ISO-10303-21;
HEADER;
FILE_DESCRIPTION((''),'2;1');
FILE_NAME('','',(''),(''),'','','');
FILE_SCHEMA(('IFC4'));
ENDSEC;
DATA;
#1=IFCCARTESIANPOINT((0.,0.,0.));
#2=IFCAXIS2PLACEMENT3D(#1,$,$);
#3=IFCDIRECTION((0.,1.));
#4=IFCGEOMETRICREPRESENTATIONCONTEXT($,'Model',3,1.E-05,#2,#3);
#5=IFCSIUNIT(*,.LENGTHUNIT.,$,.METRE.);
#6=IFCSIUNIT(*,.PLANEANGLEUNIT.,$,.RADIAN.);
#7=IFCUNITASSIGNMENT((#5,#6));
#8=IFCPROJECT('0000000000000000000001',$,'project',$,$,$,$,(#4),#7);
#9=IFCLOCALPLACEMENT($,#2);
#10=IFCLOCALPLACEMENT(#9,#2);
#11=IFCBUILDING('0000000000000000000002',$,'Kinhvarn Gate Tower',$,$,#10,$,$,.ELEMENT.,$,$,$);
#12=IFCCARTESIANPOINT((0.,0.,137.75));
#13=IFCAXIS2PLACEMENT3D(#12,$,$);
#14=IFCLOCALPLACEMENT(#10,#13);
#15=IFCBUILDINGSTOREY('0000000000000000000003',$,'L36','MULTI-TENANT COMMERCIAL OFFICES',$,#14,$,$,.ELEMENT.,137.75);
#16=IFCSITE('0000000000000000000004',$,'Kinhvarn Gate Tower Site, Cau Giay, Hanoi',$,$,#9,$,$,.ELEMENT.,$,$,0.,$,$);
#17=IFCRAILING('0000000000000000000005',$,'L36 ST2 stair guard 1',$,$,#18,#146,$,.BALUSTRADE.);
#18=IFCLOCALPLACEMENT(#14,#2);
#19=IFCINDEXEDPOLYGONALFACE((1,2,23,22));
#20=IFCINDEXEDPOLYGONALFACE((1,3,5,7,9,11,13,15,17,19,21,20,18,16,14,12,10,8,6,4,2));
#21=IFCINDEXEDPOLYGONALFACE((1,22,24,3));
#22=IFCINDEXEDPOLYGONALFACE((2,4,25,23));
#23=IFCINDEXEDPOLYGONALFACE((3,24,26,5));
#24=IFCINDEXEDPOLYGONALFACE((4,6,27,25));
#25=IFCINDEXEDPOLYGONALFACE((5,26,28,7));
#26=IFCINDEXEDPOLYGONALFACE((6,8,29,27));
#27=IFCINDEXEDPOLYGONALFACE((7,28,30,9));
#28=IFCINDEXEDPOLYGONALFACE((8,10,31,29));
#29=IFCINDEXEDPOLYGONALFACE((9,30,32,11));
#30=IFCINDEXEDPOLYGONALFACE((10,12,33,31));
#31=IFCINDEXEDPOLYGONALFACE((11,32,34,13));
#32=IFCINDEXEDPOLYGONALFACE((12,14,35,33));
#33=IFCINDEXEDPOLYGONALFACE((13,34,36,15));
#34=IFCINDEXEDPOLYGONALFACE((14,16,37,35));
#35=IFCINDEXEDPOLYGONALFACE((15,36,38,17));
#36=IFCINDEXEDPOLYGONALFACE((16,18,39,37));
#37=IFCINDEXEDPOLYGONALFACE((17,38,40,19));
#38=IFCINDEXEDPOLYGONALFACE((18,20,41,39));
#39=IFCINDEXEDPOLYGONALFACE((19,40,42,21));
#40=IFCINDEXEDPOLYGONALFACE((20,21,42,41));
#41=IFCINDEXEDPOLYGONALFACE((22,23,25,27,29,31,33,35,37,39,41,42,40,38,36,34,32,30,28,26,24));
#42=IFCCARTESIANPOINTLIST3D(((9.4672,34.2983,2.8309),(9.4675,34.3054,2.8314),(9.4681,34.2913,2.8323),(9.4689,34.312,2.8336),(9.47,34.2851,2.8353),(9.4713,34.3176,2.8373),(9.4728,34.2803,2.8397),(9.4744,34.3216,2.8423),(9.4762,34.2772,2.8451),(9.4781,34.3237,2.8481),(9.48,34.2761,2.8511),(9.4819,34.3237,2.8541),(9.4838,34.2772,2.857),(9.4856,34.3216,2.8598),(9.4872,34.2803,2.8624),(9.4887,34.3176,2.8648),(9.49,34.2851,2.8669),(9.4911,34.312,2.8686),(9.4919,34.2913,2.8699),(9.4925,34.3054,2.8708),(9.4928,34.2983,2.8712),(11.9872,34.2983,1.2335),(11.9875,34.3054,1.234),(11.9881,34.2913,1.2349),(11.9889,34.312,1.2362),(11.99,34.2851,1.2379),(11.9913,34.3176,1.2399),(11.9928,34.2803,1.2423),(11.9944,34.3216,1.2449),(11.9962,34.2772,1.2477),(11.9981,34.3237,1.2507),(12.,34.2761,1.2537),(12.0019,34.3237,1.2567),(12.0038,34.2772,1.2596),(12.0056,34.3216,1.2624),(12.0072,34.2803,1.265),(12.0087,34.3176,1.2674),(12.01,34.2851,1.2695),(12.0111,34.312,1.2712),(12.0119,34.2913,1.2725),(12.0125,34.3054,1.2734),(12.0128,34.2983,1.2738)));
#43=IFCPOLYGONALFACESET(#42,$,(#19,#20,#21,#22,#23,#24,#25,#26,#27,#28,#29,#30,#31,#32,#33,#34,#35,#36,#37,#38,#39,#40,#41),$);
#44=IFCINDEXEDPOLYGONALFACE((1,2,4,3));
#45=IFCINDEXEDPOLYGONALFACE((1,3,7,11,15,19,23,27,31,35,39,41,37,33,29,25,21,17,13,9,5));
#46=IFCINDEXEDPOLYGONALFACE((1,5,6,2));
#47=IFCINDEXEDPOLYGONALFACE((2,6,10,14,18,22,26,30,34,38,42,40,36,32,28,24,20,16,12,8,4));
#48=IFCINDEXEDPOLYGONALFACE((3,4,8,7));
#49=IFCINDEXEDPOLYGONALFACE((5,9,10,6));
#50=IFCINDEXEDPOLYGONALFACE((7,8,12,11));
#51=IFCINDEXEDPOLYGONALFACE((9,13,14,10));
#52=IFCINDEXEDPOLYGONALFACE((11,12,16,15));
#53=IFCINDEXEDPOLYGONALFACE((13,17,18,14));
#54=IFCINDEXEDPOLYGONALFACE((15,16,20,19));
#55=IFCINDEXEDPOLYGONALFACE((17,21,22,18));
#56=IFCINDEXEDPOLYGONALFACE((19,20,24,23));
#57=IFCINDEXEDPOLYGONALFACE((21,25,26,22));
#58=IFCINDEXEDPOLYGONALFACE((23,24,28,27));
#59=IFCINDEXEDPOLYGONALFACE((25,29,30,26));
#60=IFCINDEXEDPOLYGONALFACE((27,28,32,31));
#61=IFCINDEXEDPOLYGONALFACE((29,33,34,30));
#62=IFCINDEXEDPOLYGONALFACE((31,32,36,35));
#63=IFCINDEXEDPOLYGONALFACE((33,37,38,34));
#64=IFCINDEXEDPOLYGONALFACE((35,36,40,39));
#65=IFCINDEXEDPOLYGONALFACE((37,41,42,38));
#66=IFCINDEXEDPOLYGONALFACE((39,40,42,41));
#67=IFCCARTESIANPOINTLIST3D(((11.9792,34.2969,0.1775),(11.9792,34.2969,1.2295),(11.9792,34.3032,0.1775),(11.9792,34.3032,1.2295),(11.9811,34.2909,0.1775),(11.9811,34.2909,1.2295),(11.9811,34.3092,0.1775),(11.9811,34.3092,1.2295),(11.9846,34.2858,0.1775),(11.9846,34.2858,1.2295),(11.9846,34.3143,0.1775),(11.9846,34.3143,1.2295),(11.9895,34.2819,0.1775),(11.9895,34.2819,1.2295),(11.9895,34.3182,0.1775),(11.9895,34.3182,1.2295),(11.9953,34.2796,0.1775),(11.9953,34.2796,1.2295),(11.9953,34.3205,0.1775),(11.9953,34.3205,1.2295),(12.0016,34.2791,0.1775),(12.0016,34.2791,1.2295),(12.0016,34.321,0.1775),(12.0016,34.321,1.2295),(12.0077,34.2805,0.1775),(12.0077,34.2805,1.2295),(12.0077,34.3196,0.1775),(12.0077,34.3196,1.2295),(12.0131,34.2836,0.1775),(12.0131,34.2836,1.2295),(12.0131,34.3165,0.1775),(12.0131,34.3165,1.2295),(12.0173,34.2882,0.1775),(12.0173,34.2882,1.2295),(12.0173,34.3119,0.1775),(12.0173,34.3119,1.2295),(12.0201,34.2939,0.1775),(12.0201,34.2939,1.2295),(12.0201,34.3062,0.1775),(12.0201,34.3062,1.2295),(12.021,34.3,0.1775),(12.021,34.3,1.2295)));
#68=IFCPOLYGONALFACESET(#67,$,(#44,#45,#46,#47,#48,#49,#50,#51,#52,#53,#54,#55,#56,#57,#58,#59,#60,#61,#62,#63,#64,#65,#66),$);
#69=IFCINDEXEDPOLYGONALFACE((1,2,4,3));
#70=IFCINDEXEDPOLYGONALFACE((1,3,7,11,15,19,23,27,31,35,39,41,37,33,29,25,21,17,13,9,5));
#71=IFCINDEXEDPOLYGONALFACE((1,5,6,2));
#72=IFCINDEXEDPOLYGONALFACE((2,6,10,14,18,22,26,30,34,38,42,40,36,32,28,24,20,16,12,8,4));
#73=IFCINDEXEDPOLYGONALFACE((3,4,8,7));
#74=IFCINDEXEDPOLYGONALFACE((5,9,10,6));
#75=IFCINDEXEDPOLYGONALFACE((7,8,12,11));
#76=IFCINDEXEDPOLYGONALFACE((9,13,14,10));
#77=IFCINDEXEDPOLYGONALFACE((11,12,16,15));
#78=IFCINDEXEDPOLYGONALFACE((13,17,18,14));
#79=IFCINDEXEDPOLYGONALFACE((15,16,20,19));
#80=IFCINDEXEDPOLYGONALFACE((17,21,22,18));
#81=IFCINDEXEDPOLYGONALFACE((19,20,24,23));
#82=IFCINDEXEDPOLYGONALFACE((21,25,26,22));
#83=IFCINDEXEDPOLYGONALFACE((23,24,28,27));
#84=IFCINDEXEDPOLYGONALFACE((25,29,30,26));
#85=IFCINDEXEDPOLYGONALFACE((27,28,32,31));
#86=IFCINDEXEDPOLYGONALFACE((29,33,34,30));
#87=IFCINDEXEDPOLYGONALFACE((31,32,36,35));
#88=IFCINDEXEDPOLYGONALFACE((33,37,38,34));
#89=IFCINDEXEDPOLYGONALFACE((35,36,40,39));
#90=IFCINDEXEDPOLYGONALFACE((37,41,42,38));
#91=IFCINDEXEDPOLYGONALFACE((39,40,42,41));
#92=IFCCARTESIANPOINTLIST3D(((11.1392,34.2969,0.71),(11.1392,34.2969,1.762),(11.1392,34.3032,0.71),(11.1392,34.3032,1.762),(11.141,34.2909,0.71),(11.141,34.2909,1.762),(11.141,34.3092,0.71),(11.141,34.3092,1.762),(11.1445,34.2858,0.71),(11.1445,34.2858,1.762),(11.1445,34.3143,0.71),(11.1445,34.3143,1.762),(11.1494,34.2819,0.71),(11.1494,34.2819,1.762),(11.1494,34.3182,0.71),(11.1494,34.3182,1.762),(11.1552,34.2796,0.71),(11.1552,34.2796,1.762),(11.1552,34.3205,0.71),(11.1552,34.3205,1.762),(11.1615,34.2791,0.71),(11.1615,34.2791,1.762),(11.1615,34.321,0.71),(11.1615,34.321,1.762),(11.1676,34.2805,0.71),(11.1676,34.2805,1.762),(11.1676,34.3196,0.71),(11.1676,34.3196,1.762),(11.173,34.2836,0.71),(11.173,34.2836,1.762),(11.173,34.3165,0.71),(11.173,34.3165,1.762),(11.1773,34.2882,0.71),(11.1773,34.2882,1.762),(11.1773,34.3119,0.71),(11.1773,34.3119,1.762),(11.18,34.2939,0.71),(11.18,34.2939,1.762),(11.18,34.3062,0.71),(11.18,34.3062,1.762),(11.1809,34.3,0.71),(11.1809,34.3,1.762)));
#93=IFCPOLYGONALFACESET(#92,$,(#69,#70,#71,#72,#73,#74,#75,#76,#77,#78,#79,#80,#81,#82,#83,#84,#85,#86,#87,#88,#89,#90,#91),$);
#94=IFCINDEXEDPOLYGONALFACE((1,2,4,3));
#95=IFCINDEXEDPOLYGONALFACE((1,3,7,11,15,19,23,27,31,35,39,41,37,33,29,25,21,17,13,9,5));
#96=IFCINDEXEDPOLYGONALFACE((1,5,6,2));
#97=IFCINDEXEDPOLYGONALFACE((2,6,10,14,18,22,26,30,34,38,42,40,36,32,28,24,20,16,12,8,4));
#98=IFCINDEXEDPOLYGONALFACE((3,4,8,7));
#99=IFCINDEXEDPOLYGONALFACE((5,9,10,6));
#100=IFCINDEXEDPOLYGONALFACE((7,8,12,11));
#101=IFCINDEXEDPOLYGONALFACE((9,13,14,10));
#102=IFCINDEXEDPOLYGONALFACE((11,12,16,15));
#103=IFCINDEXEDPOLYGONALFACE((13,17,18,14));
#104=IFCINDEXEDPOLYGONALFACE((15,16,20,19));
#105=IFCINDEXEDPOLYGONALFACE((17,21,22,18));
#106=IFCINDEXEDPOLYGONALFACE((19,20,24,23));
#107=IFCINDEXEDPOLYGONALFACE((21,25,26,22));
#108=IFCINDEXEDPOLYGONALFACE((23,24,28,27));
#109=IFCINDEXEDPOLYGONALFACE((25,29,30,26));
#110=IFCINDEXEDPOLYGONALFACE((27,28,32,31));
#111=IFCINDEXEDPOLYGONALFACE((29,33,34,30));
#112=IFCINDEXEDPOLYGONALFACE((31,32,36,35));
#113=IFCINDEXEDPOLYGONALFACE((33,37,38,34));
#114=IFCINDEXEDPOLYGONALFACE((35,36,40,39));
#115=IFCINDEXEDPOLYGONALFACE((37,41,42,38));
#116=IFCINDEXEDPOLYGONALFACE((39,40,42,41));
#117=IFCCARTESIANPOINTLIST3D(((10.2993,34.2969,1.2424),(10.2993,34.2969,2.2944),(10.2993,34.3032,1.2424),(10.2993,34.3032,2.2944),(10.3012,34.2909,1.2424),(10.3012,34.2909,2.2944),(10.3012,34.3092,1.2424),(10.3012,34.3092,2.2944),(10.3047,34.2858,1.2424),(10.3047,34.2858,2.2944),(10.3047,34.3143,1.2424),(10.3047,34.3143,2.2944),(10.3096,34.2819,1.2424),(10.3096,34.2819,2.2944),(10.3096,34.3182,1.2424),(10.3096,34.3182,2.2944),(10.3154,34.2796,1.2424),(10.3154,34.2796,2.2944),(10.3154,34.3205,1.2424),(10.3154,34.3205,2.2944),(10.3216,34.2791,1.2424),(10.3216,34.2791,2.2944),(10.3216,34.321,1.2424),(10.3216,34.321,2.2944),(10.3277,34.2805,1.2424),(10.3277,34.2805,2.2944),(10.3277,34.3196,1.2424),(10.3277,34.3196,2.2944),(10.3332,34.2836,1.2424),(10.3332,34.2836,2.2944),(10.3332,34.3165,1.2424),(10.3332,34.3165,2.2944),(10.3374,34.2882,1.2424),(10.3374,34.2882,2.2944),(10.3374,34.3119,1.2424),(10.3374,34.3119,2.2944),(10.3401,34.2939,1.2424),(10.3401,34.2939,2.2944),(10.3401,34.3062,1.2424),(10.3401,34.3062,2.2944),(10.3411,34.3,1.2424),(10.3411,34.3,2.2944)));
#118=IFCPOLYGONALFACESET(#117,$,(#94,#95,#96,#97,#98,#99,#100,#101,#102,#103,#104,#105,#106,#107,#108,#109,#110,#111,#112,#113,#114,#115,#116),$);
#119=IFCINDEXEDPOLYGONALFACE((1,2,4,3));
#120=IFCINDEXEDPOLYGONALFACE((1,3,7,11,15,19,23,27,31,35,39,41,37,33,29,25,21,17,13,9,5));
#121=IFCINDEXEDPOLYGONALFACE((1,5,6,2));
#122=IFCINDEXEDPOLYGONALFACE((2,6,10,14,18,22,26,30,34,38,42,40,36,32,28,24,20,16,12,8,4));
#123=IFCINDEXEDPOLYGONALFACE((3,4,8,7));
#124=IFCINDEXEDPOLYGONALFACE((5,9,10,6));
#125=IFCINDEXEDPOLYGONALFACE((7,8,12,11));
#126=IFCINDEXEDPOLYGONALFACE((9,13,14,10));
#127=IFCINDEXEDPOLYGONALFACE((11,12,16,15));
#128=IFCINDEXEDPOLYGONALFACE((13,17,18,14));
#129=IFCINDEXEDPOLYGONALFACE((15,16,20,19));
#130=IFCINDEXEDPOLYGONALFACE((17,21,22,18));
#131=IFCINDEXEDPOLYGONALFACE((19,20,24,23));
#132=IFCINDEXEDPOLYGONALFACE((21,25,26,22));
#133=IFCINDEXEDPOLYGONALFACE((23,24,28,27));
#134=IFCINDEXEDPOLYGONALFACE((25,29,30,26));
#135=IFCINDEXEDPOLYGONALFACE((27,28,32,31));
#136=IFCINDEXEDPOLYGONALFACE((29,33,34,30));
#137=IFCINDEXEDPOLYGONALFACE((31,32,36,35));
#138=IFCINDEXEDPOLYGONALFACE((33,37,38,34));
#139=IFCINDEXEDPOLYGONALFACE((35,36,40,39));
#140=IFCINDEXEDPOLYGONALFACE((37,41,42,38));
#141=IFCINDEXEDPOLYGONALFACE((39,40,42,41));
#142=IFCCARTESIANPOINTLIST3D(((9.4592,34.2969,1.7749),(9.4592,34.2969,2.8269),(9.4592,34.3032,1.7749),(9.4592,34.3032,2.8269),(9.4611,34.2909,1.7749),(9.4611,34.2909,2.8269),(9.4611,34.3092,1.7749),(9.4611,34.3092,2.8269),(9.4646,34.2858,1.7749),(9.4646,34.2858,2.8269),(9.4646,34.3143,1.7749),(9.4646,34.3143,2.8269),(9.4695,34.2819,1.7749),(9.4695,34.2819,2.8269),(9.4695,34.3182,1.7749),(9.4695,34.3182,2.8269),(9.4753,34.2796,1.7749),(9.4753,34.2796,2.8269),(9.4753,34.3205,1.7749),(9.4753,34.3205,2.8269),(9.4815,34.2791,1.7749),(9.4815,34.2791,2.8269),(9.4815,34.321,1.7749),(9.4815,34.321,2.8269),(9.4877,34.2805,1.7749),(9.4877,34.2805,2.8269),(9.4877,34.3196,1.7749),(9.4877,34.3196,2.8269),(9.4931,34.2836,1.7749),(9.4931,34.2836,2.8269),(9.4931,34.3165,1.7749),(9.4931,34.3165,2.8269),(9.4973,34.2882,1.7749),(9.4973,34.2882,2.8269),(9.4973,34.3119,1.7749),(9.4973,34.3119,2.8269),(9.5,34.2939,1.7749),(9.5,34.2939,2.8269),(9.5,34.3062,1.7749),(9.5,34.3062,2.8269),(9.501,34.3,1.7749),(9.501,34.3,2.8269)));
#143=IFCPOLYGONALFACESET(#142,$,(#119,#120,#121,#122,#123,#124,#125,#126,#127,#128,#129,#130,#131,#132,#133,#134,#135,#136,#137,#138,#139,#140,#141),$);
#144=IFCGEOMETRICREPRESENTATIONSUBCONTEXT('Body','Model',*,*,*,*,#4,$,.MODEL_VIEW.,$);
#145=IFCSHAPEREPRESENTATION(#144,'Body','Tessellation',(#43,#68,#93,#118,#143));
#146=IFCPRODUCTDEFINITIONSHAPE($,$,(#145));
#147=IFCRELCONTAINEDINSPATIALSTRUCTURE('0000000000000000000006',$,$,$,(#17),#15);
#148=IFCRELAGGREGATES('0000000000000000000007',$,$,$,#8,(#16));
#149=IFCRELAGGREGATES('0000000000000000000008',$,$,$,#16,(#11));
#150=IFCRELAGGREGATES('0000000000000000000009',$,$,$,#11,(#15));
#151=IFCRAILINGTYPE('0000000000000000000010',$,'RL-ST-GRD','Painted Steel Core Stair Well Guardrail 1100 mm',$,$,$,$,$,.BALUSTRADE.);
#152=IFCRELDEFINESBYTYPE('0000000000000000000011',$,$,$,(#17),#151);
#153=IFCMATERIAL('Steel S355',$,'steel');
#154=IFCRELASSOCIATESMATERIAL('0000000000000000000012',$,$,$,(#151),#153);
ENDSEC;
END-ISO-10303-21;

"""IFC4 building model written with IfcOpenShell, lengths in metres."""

from ifc_helpers import new_model, si_unit, direction, frame, origin, origin_2d, place, context, subcontext, project, spatial, circle, extrude, material, type_object, element, save


model = new_model("IFC4")

# Units and contexts
model_context = context("Model", 3, precision=1e-05, world=origin(), true_north=direction((0.0, 1.0)))
body_context = subcontext(model_context, "Body", "Model", "MODEL_VIEW")
ifc_project = project(units=[si_unit("LENGTHUNIT", "METRE"), si_unit("PLANEANGLEUNIT", "RADIAN")], contexts=[model_context])

# Site, building, storey
site_placement = place(None, origin())
site = spatial("IfcSite", under=ifc_project, at=site_placement, Name="Kinhvarn Gate Tower Site, Cau Giay, Hanoi", CompositionType="ELEMENT", RefElevation=0.0)
building_placement = place(site_placement, origin())
building = spatial("IfcBuilding", under=site, at=building_placement, Name="Kinhvarn Gate Tower", CompositionType="ELEMENT")
storey_placement = place(building_placement, frame((0.0, 0.0, 137.75)))
storey = spatial("IfcBuildingStorey", under=building, at=storey_placement, Name="L36", Description="MULTI-TENANT COMMERCIAL OFFICES", CompositionType="ELEMENT", Elevation=137.75)

# Shared definitions
ifc_material_1 = material(Name="Steel S355", Category="steel")

# Railing
railing_type_1 = type_object("IfcRailingType", Name="RL-ST-GRD", Description="Painted Steel Core Stair Well Guardrail 1100 mm", PredefinedType="BALUSTRADE", material=ifc_material_1)
railing_1_placement = place(storey_placement, frame((12.0, 34.3, 0.1775)))
element("IfcRailing", 1, at=railing_1_placement, inside=storey, type_object=railing_type_1, Name="L36 ST2 stair guard 1", PredefinedType="BALUSTRADE", context=body_context, shape_type="SweptSolid", body=[
    extrude(circle(Radius=0.0239, at=origin_2d()), frame((0.0, 0.0, 1.0762), z_axis=(-0.844607, 0.0, 0.535387), x_axis=(0.0, -1.0, 0.0)), (0.0, 0.0, 1.0), 2.9836),
    extrude(circle(Radius=0.021, at=origin_2d()), origin(), (0.0, 0.0, 1.0), 1.052),
    extrude(circle(Radius=0.021, at=origin_2d()), frame((-0.8401, 0.0, 0.5325)), (0.0, 0.0, 1.0), 1.052),
    extrude(circle(Radius=0.021, at=origin_2d()), frame((-1.6799, 0.0, 1.0649)), (0.0, 0.0, 1.0), 1.052),
    extrude(circle(Radius=0.021, at=origin_2d()), frame((-2.52, 0.0, 1.5974)), (0.0, 0.0, 1.0), 1.052),
])

save(model, "model.ifc")
